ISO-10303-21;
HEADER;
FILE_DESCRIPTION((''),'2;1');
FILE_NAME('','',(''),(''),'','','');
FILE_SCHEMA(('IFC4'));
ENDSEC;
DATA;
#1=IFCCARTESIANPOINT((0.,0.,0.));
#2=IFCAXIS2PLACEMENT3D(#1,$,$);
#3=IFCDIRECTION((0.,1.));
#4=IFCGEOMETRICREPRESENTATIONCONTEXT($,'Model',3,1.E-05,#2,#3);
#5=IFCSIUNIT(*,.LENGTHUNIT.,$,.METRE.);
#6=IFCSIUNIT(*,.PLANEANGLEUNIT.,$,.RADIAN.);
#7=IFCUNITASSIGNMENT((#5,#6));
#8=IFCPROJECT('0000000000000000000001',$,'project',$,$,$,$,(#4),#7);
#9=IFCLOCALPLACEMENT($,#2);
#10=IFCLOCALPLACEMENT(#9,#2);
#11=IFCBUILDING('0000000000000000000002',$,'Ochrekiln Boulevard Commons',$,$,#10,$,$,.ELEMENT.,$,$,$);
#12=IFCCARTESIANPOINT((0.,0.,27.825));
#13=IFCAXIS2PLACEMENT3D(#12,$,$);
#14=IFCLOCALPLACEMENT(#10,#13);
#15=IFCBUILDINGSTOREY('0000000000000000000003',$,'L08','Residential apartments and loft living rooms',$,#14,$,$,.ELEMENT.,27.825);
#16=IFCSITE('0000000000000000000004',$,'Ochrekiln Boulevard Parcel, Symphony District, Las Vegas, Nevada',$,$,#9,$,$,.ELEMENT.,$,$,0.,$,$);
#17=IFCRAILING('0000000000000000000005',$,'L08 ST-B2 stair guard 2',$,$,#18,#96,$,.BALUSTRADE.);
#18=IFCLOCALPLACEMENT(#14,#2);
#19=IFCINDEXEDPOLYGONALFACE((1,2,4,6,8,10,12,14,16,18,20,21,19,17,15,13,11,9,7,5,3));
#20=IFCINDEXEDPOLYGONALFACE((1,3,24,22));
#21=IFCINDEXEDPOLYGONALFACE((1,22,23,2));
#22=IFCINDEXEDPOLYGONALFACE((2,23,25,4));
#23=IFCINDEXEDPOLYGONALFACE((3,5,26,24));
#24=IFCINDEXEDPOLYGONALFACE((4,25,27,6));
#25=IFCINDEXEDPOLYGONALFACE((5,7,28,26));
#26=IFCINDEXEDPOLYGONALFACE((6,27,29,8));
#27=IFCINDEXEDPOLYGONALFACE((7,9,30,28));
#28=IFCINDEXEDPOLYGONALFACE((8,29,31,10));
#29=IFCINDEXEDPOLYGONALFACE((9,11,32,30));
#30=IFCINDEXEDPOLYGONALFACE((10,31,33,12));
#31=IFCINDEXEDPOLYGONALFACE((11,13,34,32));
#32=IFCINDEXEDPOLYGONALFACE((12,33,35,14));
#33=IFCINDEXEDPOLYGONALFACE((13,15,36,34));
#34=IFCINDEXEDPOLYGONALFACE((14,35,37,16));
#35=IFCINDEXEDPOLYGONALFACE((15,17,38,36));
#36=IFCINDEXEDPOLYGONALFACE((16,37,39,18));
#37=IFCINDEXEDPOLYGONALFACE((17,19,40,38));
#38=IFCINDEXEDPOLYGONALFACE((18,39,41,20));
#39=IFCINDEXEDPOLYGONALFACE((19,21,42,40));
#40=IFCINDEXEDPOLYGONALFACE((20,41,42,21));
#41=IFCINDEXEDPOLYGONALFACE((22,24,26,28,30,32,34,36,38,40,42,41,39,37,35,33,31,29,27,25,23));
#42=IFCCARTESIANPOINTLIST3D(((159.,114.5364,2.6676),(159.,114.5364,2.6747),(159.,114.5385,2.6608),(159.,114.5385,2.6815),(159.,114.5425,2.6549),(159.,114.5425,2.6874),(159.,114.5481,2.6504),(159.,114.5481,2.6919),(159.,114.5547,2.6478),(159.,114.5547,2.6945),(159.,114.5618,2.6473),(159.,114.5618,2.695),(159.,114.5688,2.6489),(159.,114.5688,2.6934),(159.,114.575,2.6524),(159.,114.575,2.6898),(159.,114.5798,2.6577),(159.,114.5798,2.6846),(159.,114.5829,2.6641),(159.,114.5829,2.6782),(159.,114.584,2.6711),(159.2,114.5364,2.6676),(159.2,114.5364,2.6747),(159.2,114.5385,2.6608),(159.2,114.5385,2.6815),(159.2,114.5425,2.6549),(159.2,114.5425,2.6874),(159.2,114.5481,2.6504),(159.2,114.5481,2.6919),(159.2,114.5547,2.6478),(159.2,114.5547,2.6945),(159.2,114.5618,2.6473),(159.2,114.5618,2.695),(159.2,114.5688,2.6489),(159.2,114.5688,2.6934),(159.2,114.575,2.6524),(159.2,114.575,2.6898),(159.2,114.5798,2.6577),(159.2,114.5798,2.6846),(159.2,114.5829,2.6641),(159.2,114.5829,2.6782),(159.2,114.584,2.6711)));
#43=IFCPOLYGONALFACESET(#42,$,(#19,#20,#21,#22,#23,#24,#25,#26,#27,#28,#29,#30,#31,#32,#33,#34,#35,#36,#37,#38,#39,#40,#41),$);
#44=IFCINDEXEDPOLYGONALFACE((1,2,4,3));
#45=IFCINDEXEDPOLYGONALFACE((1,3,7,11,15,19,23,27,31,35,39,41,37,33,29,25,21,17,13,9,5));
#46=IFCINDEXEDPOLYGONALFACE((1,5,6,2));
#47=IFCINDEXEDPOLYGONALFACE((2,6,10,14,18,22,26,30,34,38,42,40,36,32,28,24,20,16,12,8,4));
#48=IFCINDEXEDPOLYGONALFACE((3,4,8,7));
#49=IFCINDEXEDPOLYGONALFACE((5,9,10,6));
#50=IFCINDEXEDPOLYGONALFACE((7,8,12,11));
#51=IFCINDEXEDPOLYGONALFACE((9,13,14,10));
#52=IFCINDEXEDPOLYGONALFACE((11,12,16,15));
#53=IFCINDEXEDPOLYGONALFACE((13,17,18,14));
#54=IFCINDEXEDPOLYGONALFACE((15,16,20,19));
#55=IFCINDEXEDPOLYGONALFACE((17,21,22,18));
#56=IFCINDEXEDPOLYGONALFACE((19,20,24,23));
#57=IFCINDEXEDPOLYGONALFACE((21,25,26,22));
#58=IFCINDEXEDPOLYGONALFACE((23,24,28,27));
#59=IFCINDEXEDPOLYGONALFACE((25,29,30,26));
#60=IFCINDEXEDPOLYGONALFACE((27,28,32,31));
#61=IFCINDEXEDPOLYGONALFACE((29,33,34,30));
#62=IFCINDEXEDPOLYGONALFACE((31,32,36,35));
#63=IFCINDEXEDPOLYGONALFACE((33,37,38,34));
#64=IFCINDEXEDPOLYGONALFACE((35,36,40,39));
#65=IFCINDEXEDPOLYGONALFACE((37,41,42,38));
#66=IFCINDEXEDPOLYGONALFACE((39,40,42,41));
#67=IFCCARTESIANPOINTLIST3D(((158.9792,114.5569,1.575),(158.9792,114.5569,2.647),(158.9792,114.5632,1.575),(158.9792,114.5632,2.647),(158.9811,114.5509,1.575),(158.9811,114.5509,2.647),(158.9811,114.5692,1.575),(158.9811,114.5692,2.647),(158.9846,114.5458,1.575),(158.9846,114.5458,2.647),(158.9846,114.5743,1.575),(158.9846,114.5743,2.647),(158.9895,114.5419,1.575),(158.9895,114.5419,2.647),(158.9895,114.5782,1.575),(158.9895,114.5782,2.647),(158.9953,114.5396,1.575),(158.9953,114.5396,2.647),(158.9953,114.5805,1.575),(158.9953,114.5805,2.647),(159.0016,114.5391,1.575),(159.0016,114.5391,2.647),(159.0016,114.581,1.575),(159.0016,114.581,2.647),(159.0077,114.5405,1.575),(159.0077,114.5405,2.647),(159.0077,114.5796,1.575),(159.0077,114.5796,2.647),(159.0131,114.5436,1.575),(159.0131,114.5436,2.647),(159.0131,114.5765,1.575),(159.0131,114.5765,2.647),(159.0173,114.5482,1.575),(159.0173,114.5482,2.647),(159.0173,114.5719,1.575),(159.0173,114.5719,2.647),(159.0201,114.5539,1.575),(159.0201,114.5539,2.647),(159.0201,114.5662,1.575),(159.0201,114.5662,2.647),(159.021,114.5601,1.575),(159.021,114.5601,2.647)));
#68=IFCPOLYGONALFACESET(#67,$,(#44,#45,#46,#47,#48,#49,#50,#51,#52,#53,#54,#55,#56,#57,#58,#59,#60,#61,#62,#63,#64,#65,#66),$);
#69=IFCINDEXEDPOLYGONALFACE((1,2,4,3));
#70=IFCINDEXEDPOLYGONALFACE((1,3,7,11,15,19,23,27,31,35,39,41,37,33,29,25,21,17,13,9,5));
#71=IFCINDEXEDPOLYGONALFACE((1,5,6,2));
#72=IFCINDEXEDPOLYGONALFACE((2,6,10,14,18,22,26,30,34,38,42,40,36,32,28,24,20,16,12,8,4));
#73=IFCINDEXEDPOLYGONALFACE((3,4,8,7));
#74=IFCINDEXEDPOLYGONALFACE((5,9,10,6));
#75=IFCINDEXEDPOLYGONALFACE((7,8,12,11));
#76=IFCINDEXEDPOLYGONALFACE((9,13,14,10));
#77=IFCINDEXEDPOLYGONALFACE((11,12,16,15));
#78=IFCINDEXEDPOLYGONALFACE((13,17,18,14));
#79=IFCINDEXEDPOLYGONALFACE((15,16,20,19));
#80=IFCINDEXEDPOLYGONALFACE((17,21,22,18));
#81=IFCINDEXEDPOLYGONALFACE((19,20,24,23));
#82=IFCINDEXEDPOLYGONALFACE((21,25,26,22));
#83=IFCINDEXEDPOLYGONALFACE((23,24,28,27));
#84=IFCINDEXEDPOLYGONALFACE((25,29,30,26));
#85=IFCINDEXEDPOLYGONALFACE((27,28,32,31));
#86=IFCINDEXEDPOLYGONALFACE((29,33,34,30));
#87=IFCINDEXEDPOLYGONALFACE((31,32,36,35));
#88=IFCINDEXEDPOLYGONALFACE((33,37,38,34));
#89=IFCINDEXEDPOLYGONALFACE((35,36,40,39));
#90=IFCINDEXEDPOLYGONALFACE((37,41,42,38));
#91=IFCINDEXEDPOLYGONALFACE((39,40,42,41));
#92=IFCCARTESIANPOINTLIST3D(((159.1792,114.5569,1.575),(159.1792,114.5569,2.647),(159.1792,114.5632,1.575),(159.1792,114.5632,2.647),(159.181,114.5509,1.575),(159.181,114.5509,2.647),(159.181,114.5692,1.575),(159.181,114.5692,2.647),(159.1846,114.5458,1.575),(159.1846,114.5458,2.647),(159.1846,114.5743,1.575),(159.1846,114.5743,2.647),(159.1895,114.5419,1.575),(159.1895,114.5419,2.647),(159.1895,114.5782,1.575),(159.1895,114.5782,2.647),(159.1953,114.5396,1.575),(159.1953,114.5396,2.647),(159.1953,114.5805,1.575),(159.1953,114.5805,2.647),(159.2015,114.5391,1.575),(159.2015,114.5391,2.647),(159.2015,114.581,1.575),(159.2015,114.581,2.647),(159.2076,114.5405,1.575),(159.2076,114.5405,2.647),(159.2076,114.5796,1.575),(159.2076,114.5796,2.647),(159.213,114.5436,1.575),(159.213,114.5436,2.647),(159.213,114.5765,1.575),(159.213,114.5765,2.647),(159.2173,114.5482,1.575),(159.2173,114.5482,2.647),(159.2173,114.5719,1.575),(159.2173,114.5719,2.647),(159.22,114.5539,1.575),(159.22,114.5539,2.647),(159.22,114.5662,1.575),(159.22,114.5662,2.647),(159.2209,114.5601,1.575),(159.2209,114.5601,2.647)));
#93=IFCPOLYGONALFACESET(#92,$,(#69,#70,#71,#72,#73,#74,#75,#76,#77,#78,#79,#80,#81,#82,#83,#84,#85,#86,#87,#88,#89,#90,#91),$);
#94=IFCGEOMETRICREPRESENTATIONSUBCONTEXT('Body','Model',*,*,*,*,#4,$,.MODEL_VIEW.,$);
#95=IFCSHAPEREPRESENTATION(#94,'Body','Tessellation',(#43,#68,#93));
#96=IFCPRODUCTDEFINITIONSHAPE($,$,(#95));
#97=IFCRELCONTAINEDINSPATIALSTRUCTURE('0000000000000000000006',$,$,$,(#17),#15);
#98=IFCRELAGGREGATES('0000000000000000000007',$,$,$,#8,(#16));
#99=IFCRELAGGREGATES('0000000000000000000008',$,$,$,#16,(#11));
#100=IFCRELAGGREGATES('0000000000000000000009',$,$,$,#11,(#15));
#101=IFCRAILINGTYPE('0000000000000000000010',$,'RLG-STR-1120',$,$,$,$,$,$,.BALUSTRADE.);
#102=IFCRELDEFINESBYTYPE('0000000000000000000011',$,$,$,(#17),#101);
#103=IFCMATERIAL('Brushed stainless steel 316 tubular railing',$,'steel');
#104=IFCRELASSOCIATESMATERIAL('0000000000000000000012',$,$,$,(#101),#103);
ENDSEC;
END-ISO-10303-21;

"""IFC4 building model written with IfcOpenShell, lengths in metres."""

from ifc_helpers import new_model, si_unit, direction, frame, origin, origin_2d, place, context, subcontext, project, spatial, circle, extrude, material, type_object, element, save


model = new_model("IFC4")

# Units and contexts
model_context = context("Model", 3, precision=1e-05, world=origin(), true_north=direction((0.0, 1.0)))
body_context = subcontext(model_context, "Body", "Model", "MODEL_VIEW")
ifc_project = project(units=[si_unit("LENGTHUNIT", "METRE"), si_unit("PLANEANGLEUNIT", "RADIAN")], contexts=[model_context])

# Site, building, storey
site_placement = place(None, origin())
site = spatial("IfcSite", under=ifc_project, at=site_placement, Name="Ochrekiln Boulevard Parcel, Symphony District, Las Vegas, Nevada", CompositionType="ELEMENT", RefElevation=0.0)
building_placement = place(site_placement, origin())
building = spatial("IfcBuilding", under=site, at=building_placement, Name="Ochrekiln Boulevard Commons", CompositionType="ELEMENT")
storey_placement = place(building_placement, frame((0.0, 0.0, 27.825)))
storey = spatial("IfcBuildingStorey", under=building, at=storey_placement, Name="L08", Description="Residential apartments and loft living rooms", CompositionType="ELEMENT", Elevation=27.825)

# Railing
ifc_material_1 = material(Name="Brushed stainless steel 316 tubular railing", Category="steel")
railing_type_1 = type_object("IfcRailingType", Name="RLG-STR-1120", PredefinedType="BALUSTRADE", material=ifc_material_1)
railing_1_placement = place(storey_placement, frame((159.0, 114.5601, 1.575)))
element("IfcRailing", 1, at=railing_1_placement, inside=storey, type_object=railing_type_1, Name="L08 ST-B2 stair guard 2", PredefinedType="BALUSTRADE", context=body_context, shape_type="SweptSolid", body=[
    extrude(circle(Radius=0.0239, at=origin_2d()), frame((0.0, 0.0, 1.0962), z_axis=(1.0, 0.0, 0.0), x_axis=(0.0, 1.0, 0.0)), (0.0, 0.0, 1.0), 0.2),
    extrude(circle(Radius=0.021, at=origin_2d()), origin(), (0.0, 0.0, 1.0), 1.072),
    extrude(circle(Radius=0.021, at=origin_2d()), frame((0.2, 0.0, 0.0)), (0.0, 0.0, 1.0), 1.072),
])

save(model, "model.ifc")
